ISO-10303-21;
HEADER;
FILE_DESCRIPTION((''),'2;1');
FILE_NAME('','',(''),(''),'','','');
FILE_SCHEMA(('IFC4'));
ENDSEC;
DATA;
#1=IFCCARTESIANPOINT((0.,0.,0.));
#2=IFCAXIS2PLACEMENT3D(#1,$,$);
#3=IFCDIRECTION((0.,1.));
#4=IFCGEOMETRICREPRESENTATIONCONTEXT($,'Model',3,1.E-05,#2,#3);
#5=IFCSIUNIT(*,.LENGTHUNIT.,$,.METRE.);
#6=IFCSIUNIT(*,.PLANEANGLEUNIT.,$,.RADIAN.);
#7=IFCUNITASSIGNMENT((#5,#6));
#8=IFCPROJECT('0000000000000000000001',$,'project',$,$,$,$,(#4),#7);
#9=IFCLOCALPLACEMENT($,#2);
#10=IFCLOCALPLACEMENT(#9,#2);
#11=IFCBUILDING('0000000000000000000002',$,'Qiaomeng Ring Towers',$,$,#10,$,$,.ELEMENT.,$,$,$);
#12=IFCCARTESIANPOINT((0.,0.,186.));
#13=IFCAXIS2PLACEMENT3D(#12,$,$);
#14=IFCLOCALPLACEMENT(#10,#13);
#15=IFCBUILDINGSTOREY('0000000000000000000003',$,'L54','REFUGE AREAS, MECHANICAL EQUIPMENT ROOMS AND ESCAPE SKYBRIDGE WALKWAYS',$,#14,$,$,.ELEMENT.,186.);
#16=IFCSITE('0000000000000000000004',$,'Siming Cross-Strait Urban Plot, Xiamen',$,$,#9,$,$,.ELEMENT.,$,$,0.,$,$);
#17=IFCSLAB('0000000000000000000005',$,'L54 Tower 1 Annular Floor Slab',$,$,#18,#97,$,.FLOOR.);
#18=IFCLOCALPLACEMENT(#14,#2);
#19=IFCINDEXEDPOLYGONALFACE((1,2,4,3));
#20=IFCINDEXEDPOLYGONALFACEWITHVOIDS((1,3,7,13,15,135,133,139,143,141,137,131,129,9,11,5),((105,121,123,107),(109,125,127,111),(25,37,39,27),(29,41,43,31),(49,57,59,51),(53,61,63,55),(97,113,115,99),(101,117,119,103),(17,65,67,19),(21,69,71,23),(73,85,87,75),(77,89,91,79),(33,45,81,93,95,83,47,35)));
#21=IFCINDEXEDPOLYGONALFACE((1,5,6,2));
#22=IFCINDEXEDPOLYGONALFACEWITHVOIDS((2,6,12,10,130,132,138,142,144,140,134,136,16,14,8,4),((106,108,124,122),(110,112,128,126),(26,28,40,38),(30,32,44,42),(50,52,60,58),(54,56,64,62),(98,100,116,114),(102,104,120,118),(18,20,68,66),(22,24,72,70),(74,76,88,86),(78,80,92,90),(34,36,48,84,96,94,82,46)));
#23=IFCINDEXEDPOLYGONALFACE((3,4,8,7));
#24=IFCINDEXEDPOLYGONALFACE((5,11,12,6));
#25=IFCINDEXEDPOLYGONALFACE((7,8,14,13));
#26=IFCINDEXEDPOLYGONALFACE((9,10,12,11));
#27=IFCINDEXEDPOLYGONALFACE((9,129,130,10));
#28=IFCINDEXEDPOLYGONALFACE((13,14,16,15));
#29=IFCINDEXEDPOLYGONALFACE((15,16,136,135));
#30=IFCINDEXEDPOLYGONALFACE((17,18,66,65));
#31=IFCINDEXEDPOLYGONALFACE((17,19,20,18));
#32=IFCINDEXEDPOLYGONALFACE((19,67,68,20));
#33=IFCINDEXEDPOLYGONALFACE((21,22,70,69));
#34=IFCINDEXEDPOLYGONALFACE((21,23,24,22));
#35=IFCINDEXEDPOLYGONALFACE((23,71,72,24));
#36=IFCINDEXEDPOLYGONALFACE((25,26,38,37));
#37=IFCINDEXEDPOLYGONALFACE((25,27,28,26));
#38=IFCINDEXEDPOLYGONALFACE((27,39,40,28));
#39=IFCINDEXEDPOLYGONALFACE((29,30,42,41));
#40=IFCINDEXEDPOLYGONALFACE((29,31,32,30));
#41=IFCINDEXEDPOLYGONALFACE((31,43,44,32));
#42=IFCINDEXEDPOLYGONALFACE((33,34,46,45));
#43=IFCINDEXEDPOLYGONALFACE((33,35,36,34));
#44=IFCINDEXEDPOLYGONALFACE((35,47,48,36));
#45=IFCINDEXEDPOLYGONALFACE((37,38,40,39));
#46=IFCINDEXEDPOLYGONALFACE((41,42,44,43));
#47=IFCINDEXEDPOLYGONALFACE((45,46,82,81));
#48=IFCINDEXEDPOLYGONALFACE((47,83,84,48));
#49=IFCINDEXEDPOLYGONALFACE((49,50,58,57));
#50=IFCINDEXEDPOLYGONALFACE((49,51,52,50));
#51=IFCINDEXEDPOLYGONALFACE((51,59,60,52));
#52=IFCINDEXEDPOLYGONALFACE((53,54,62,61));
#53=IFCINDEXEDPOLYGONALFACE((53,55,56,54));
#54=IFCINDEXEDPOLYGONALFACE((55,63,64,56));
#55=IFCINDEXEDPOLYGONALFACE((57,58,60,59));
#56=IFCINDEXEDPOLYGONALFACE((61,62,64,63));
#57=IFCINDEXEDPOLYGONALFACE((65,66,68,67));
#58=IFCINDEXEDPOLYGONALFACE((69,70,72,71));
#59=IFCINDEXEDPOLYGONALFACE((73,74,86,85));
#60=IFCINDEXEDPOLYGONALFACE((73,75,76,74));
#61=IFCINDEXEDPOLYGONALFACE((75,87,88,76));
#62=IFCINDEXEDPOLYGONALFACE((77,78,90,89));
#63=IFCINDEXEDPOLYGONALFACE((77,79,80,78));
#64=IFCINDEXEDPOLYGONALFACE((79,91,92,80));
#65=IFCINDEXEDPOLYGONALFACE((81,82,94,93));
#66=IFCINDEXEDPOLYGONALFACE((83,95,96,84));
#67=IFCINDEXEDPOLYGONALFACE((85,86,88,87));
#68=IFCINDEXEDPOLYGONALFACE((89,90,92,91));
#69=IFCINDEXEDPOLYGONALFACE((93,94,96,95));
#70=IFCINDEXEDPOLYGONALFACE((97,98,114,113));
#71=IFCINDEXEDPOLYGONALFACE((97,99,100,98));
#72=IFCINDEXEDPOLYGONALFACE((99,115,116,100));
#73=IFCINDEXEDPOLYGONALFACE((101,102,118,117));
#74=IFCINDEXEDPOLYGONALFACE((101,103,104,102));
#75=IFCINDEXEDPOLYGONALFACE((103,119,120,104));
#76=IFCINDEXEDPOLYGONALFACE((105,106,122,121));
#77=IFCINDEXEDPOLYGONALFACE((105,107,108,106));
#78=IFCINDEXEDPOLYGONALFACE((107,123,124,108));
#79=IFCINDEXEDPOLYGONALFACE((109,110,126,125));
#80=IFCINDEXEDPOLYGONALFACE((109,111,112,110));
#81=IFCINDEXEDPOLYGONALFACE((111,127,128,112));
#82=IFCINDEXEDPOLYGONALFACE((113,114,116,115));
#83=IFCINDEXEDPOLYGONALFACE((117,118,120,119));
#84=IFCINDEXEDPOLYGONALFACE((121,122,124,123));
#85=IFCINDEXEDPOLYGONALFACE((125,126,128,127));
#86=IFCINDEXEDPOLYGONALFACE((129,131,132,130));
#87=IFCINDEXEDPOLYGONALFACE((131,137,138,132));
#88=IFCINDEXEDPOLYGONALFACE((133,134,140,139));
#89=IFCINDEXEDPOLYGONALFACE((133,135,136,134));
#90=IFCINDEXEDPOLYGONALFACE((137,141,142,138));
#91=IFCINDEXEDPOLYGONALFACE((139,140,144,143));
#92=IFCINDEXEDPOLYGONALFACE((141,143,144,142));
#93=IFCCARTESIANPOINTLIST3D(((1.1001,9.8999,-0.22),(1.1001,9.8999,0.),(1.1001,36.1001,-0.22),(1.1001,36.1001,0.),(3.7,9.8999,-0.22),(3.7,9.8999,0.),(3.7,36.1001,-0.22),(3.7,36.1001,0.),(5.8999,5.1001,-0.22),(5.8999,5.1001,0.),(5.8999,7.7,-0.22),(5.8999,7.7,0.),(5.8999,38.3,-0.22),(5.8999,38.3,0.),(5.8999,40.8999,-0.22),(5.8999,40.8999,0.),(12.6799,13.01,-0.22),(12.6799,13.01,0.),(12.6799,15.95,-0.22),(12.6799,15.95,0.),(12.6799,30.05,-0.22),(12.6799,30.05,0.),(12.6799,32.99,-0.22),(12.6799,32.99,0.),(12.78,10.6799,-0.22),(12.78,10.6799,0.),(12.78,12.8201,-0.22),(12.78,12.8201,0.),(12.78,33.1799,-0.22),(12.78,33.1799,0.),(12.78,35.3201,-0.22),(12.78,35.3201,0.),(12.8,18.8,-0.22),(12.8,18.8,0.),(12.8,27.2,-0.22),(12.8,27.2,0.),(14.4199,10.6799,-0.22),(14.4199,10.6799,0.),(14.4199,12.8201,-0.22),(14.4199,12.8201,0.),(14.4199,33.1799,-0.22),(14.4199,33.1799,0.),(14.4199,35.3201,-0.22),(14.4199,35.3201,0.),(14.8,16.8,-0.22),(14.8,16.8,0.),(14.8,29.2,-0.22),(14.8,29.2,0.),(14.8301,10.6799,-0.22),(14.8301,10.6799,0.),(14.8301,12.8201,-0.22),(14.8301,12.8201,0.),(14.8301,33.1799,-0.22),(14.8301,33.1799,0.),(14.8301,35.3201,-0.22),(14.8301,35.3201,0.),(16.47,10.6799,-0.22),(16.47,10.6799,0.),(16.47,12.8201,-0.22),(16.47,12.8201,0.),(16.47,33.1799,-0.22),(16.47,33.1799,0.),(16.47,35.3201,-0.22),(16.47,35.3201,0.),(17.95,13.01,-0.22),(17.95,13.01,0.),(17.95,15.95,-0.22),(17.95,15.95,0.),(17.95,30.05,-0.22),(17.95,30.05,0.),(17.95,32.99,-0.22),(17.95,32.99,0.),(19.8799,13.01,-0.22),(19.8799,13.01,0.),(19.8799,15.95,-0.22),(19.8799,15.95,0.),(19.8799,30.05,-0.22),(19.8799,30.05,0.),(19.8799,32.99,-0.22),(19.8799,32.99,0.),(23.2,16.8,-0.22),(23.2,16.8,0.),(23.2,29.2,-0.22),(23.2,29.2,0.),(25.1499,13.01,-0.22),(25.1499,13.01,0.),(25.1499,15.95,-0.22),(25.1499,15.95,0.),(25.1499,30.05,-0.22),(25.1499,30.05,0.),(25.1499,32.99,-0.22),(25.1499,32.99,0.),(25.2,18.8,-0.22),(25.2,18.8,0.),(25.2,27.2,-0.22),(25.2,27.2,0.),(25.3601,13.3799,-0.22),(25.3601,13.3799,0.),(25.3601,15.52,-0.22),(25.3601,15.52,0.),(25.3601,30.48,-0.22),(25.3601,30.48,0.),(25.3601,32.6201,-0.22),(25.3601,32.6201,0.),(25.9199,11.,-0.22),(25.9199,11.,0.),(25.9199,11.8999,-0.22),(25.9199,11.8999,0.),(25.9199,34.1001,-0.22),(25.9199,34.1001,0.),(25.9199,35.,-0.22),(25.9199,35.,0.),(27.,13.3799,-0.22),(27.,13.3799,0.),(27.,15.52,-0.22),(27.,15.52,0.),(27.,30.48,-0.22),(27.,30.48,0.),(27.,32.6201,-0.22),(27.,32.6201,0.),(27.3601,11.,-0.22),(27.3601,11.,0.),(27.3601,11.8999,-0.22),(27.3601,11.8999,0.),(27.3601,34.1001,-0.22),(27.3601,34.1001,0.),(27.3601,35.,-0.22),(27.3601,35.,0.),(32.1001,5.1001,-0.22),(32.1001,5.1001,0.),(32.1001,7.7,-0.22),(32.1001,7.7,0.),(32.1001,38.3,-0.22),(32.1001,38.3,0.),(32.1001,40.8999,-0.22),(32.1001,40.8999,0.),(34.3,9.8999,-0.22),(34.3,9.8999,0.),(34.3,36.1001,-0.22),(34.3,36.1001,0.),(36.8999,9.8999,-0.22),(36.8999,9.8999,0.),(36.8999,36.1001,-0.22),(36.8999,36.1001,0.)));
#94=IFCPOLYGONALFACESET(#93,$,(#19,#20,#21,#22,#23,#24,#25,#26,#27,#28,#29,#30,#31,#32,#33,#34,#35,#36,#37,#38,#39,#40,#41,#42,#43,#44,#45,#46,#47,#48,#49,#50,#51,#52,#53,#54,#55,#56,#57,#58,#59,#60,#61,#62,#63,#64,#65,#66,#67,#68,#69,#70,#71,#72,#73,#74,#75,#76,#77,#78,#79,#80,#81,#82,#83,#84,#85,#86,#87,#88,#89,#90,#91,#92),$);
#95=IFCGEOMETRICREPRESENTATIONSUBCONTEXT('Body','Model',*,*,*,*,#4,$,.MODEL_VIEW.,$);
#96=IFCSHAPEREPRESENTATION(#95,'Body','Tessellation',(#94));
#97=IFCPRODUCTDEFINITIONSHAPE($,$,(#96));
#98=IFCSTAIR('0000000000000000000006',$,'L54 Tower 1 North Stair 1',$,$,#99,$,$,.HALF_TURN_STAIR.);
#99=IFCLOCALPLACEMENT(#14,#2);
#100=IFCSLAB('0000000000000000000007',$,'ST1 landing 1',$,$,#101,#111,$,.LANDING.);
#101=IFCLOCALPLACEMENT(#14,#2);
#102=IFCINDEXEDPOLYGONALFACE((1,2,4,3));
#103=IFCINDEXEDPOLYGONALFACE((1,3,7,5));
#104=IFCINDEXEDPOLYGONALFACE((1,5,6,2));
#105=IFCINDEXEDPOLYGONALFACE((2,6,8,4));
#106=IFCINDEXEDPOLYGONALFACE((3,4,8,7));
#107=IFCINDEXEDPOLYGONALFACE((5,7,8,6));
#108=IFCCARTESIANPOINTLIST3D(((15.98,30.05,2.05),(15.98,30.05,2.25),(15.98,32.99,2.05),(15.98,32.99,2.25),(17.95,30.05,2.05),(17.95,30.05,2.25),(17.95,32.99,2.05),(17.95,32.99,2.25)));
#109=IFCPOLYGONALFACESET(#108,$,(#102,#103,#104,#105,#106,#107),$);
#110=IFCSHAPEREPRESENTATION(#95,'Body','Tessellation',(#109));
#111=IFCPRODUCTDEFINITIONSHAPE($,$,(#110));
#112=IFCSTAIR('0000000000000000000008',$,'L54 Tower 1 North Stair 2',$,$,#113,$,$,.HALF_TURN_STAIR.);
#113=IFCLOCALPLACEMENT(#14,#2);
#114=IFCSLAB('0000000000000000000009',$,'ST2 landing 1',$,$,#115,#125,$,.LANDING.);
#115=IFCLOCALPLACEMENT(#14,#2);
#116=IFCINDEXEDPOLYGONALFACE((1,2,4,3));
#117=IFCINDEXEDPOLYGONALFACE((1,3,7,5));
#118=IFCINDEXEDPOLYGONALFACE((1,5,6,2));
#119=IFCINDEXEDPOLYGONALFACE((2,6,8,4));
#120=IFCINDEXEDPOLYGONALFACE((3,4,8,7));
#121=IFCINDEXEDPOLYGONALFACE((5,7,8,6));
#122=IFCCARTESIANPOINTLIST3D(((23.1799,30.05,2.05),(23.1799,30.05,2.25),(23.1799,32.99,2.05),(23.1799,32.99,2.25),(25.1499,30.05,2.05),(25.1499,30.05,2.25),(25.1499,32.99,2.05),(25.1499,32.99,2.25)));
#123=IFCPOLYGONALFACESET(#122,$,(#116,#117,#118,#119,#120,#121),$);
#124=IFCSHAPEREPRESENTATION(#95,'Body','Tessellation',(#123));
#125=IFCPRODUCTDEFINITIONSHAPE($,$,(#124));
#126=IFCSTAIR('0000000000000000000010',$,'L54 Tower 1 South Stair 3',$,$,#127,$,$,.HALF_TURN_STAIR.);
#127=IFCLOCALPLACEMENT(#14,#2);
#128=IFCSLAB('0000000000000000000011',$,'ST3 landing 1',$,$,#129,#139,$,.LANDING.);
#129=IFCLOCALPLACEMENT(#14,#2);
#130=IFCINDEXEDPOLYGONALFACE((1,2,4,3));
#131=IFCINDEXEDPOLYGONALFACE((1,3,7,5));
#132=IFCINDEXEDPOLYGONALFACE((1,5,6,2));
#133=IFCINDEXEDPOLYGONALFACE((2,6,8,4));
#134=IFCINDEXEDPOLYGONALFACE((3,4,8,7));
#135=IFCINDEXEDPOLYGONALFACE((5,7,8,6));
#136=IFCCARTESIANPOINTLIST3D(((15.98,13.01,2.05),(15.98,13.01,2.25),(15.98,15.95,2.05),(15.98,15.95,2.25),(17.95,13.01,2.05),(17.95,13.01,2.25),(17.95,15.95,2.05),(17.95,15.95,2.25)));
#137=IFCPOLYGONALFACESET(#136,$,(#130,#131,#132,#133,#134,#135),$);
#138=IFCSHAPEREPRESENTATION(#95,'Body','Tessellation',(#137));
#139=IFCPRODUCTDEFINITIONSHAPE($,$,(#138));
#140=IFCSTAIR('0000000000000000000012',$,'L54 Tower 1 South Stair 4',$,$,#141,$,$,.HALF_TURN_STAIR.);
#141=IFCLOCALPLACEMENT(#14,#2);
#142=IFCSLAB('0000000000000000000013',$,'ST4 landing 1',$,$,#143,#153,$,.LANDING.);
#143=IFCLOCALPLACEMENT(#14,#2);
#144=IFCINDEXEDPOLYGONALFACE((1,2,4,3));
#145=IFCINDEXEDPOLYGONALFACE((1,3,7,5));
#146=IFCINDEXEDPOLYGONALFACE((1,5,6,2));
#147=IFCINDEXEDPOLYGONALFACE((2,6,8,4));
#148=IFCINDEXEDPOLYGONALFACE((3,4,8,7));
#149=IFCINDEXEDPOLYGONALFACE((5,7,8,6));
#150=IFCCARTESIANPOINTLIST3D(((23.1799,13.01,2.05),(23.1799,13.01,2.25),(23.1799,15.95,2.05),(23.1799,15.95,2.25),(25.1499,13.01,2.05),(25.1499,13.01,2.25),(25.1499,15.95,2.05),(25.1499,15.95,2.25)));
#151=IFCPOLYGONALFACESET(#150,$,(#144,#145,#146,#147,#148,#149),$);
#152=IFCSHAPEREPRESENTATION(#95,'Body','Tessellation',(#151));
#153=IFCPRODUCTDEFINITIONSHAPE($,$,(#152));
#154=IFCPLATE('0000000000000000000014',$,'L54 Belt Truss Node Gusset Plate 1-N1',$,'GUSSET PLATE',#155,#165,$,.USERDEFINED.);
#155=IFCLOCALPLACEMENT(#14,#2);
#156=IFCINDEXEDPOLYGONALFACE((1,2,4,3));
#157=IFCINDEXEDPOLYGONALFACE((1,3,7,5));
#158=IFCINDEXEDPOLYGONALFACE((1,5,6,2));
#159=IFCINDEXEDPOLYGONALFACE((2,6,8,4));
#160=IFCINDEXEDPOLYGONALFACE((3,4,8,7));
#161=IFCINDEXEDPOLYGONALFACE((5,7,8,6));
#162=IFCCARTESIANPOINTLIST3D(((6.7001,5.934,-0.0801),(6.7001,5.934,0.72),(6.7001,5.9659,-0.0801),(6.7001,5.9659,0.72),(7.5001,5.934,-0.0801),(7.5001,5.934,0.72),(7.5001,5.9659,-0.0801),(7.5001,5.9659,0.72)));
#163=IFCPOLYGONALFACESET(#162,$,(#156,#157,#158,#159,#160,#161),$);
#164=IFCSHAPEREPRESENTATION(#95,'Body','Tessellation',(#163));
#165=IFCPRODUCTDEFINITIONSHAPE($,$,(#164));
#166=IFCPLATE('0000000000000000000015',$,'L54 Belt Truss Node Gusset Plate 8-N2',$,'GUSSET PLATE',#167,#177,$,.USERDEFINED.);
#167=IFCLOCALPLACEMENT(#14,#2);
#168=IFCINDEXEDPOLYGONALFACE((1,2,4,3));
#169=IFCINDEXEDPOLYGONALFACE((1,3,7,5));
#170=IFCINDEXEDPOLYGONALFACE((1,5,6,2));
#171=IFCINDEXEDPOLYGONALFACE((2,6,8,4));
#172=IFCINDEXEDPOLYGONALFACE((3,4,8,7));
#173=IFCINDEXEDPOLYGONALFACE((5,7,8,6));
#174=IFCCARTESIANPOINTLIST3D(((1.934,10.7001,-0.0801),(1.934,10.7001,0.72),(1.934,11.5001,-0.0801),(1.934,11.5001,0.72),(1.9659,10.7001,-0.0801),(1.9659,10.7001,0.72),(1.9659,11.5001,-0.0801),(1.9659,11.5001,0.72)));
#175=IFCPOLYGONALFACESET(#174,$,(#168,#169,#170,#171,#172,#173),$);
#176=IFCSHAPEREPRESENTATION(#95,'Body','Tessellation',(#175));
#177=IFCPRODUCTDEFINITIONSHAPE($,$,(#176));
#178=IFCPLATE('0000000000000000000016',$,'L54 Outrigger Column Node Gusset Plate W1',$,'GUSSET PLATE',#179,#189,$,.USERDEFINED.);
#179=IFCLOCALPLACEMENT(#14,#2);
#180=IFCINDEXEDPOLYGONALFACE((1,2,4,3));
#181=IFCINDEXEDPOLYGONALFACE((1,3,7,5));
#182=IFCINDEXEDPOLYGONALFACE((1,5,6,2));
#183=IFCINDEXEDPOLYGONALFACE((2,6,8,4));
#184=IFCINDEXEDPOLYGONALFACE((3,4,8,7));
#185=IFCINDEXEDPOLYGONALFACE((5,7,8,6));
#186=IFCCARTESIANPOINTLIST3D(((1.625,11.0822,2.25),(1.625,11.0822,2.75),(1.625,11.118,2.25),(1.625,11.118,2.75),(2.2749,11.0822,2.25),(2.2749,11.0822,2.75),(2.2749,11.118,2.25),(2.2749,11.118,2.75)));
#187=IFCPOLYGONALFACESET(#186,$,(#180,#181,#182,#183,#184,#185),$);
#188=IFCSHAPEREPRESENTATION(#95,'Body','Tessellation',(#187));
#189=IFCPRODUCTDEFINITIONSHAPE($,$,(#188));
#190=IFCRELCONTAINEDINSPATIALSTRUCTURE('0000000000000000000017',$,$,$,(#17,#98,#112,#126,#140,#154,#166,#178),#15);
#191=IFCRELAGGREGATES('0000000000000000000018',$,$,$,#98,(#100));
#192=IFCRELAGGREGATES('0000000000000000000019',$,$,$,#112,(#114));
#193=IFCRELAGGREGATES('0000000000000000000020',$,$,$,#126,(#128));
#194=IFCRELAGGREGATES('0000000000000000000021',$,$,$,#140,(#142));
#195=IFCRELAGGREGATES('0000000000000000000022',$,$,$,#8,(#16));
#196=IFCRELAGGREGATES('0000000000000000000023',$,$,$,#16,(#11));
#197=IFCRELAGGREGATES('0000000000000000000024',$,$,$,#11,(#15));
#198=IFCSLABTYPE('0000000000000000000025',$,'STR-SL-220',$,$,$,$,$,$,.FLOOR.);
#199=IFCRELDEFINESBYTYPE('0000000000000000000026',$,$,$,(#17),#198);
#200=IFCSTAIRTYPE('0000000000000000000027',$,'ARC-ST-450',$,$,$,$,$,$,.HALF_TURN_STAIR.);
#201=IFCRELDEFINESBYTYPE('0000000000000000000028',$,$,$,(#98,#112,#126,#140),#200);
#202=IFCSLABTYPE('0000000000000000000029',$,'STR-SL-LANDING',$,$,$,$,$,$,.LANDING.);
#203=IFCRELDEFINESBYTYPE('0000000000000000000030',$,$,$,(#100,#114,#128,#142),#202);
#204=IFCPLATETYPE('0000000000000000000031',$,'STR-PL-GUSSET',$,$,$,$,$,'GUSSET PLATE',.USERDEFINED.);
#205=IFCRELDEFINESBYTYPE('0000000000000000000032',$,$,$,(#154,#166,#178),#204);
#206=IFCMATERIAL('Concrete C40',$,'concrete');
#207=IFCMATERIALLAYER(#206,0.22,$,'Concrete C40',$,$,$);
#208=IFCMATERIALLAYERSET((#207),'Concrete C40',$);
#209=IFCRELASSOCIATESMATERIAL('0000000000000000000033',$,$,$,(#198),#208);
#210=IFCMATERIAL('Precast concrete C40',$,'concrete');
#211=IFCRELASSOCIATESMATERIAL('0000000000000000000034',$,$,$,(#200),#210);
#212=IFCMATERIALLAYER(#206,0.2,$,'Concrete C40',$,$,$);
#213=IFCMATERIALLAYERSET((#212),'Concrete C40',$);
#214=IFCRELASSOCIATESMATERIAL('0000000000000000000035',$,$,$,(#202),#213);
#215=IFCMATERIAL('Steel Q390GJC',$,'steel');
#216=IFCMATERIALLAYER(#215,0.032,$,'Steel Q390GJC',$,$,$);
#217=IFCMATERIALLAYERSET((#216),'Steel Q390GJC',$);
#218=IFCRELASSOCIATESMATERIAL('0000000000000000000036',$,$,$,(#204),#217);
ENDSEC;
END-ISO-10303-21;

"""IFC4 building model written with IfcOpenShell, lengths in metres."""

from ifc_helpers import new_model, si_unit, direction, frame, origin, origin_2d, place, context, subcontext, project, spatial, polyline, rectangle, outline, extrude, source, transform, mapped, material, layer, layer_set, type_object, element, aggregate, save


model = new_model("IFC4")

# Units and contexts
model_context = context("Model", 3, precision=1e-05, world=origin(), true_north=direction((0.0, 1.0)))
body_context = subcontext(model_context, "Body", "Model", "MODEL_VIEW")
ifc_project = project(units=[si_unit("LENGTHUNIT", "METRE"), si_unit("PLANEANGLEUNIT", "RADIAN")], contexts=[model_context])

# Site, building, storey
site_placement = place(None, origin())
site = spatial("IfcSite", under=ifc_project, at=site_placement, Name="Siming Cross-Strait Urban Plot, Xiamen", CompositionType="ELEMENT", RefElevation=0.0)
building_placement = place(site_placement, origin())
building = spatial("IfcBuilding", under=site, at=building_placement, Name="Qiaomeng Ring Towers", CompositionType="ELEMENT")
storey_placement = place(building_placement, frame((0.0, 0.0, 186.0)))
storey = spatial("IfcBuildingStorey", under=building, at=storey_placement, Name="L54", Description="REFUGE AREAS, MECHANICAL EQUIPMENT ROOMS AND ESCAPE SKYBRIDGE WALKWAYS", CompositionType="ELEMENT", Elevation=186.0)

# Shared definitions
ifc_material_1 = material(Name="Steel Q390GJC", Category="steel")

# Slab
ifc_material_2 = material(Name="Concrete C40", Category="concrete")
ifc_layer_1 = layer(ifc_material_2, 0.22, Name="Concrete C40")
ifc_layer_set_1 = layer_set([ifc_layer_1], Name="Concrete C40")
slab_type_1 = type_object("IfcSlabType", Name="STR-SL-220", PredefinedType="FLOOR", material=ifc_layer_set_1)
slab_1_placement = place(storey_placement, frame((0.0, 0.0, -0.22)))
element("IfcSlab", 1, at=slab_1_placement, inside=storey, type_object=slab_type_1, Name="L54 Tower 1 Annular Floor Slab", PredefinedType="FLOOR", context=body_context, shape_type="SweptSolid", body=[
    extrude(outline(polyline([(5.8999, 5.1001), (32.1001, 5.1001), (32.1001, 7.7), (34.3, 9.8999), (36.8999, 9.8999), (36.8999, 36.1001), (34.3, 36.1001), (32.1001, 38.3), (32.1001, 40.8999), (5.8999, 40.8999), (5.8999, 38.3), (3.7, 36.1001), (1.1001, 36.1001), (1.1001, 9.8999), (3.7, 9.8999), (5.8999, 7.7), (5.8999, 5.1001)]), holes=[polyline([(12.78, 10.6799), (12.78, 12.8201), (14.4199, 12.8201), (14.4199, 10.6799), (12.78, 10.6799)]), polyline([(14.8301, 12.8201), (16.47, 12.8201), (16.47, 10.6799), (14.8301, 10.6799), (14.8301, 12.8201)]), polyline([(12.6799, 15.95), (17.95, 15.95), (17.95, 13.01), (12.6799, 13.01), (12.6799, 15.95)]), polyline([(23.2, 29.2), (25.2, 27.2), (25.2, 18.8), (23.2, 16.8), (14.8, 16.8), (12.8, 18.8), (12.8, 27.2), (14.8, 29.2), (23.2, 29.2)]), polyline([(12.6799, 32.99), (17.95, 32.99), (17.95, 30.05), (12.6799, 30.05), (12.6799, 32.99)]), polyline([(12.78, 35.3201), (14.4199, 35.3201), (14.4199, 33.1799), (12.78, 33.1799), (12.78, 35.3201)]), polyline([(14.8301, 33.1799), (14.8301, 35.3201), (16.47, 35.3201), (16.47, 33.1799), (14.8301, 33.1799)]), polyline([(25.9199, 11.8999), (27.3601, 11.8999), (27.3601, 11.0), (25.9199, 11.0), (25.9199, 11.8999)]), polyline([(25.3601, 15.52), (27.0, 15.52), (27.0, 13.3799), (25.3601, 13.3799), (25.3601, 15.52)]), polyline([(19.8799, 15.95), (25.1499, 15.95), (25.1499, 13.01), (19.8799, 13.01), (19.8799, 15.95)]), polyline([(19.8799, 32.99), (25.1499, 32.99), (25.1499, 30.05), (19.8799, 30.05), (19.8799, 32.99)]), polyline([(25.3601, 32.6201), (27.0, 32.6201), (27.0, 30.48), (25.3601, 30.48), (25.3601, 32.6201)]), polyline([(25.9199, 35.0), (27.3601, 35.0), (27.3601, 34.1001), (25.9199, 34.1001), (25.9199, 35.0)])]), origin(), (0.0, 0.0, 1.0), 0.22),
])

# Stairs, slabs
ifc_material_3 = material(Name="Precast concrete C40", Category="concrete")
stair_type = type_object("IfcStairType", Name="ARC-ST-450", PredefinedType="HALF_TURN_STAIR", material=ifc_material_3)
stair_1_placement = place(storey_placement, origin())
stair_1 = element("IfcStair", 2, at=stair_1_placement, inside=storey, type_object=stair_type, Name="L54 Tower 1 North Stair 1", PredefinedType="HALF_TURN_STAIR")
ifc_layer_2 = layer(ifc_material_2, 0.2, Name="Concrete C40")
ifc_layer_set_2 = layer_set([ifc_layer_2], Name="Concrete C40")
slab_type_2 = type_object("IfcSlabType", Name="STR-SL-LANDING", PredefinedType="LANDING", material=ifc_layer_set_2)
slab_2_placement = place(storey_placement, frame((0.0, 0.0, 2.05)))
slab_2 = element("IfcSlab", 3, at=slab_2_placement, type_object=slab_type_2, Name="ST1 landing 1", PredefinedType="LANDING", context=body_context, shape_type="SweptSolid", body=[
    extrude(outline(polyline([(15.98, 30.05), (17.95, 30.05), (17.95, 32.99), (15.98, 32.99), (15.98, 30.05)])), origin(), (0.0, 0.0, 1.0), 0.2),
])
aggregate(stair_1, [slab_2])
stair_2_placement = place(storey_placement, origin())
stair_2 = element("IfcStair", 4, at=stair_2_placement, inside=storey, type_object=stair_type, Name="L54 Tower 1 North Stair 2", PredefinedType="HALF_TURN_STAIR")
slab_3_placement = place(storey_placement, frame((0.0, 0.0, 2.05)))
slab_3 = element("IfcSlab", 5, at=slab_3_placement, type_object=slab_type_2, Name="ST2 landing 1", PredefinedType="LANDING", context=body_context, shape_type="SweptSolid", body=[
    extrude(outline(polyline([(23.1799, 30.05), (25.1499, 30.05), (25.1499, 32.99), (23.1799, 32.99), (23.1799, 30.05)])), origin(), (0.0, 0.0, 1.0), 0.2),
])
aggregate(stair_2, [slab_3])
stair_3_placement = place(storey_placement, origin())
stair_3 = element("IfcStair", 6, at=stair_3_placement, inside=storey, type_object=stair_type, Name="L54 Tower 1 South Stair 3", PredefinedType="HALF_TURN_STAIR")
slab_4_placement = place(storey_placement, frame((0.0, 0.0, 2.05)))
slab_4 = element("IfcSlab", 7, at=slab_4_placement, type_object=slab_type_2, Name="ST3 landing 1", PredefinedType="LANDING", context=body_context, shape_type="SweptSolid", body=[
    extrude(outline(polyline([(15.98, 13.01), (17.95, 13.01), (17.95, 15.95), (15.98, 15.95), (15.98, 13.01)])), origin(), (0.0, 0.0, 1.0), 0.2),
])
aggregate(stair_3, [slab_4])
stair_4_placement = place(storey_placement, origin())
stair_4 = element("IfcStair", 8, at=stair_4_placement, inside=storey, type_object=stair_type, Name="L54 Tower 1 South Stair 4", PredefinedType="HALF_TURN_STAIR")
slab_5_placement = place(storey_placement, frame((0.0, 0.0, 2.05)))
slab_5 = element("IfcSlab", 9, at=slab_5_placement, type_object=slab_type_2, Name="ST4 landing 1", PredefinedType="LANDING", context=body_context, shape_type="SweptSolid", body=[
    extrude(outline(polyline([(23.1799, 13.01), (25.1499, 13.01), (25.1499, 15.95), (23.1799, 15.95), (23.1799, 13.01)])), origin(), (0.0, 0.0, 1.0), 0.2),
])
aggregate(stair_4, [slab_5])

# Plates
ifc_layer_3 = layer(ifc_material_1, 0.032, Name="Steel Q390GJC")
ifc_layer_set_3 = layer_set([ifc_layer_3], Name="Steel Q390GJC")
plate_type = type_object("IfcPlateType", Name="STR-PL-GUSSET", ElementType="GUSSET PLATE", PredefinedType="USERDEFINED", material=ifc_layer_set_3)
shared_shape_1 = source(origin(), body_context, "Body", "SweptSolid", [
    extrude(rectangle(XDim=0.8, YDim=0.032, at=origin_2d()), origin(), (0.0, 0.0, 1.0), 0.8),
])
for number, where, z_axis, x_axis, name in (
    (10, (7.1001, 5.95, -0.0801), (0.0, 0.0, 1.0), (1.0, 0.0, 0.0), "L54 Belt Truss Node Gusset Plate 1-N1"),
    (11, (1.95, 11.1001, -0.0801), (0.0, 0.0, 1.0), (0.0, -1.0, 0.0), "L54 Belt Truss Node Gusset Plate 8-N2"),
):
    element("IfcPlate", number, at=place(storey_placement, frame(where, z_axis=z_axis, x_axis=x_axis)), inside=storey, type_object=plate_type, Name=name, ObjectType="GUSSET PLATE", PredefinedType="USERDEFINED", context=body_context, shape_type="MappedRepresentation", body=[
        mapped(shared_shape_1, transform((0.0, 0.0, 0.0), x_axis=(1.0, 0.0, 0.0), y_axis=(0.0, 1.0, 0.0), z_axis=(0.0, 0.0, 1.0), scale=1.0)),
    ])
shared_shape_2 = source(origin(), body_context, "Body", "SweptSolid", [
    extrude(rectangle(XDim=0.6499, YDim=0.0359, at=origin_2d()), origin(), (0.0, 0.0, 1.0), 0.5),
])
plate_placement = place(storey_placement, frame((1.95, 11.1001, 2.25), z_axis=(0.0, 0.0, 1.0), x_axis=(1.0, 0.0, 0.0)))
element("IfcPlate", 12, at=plate_placement, inside=storey, type_object=plate_type, Name="L54 Outrigger Column Node Gusset Plate W1", ObjectType="GUSSET PLATE", PredefinedType="USERDEFINED", context=body_context, shape_type="MappedRepresentation", body=[
    mapped(shared_shape_2, transform((0.0, 0.0, 0.0), x_axis=(1.0, 0.0, 0.0), y_axis=(0.0, 1.0, 0.0), z_axis=(0.0, 0.0, 1.0), scale=1.0)),
])

save(model, "model.ifc")
